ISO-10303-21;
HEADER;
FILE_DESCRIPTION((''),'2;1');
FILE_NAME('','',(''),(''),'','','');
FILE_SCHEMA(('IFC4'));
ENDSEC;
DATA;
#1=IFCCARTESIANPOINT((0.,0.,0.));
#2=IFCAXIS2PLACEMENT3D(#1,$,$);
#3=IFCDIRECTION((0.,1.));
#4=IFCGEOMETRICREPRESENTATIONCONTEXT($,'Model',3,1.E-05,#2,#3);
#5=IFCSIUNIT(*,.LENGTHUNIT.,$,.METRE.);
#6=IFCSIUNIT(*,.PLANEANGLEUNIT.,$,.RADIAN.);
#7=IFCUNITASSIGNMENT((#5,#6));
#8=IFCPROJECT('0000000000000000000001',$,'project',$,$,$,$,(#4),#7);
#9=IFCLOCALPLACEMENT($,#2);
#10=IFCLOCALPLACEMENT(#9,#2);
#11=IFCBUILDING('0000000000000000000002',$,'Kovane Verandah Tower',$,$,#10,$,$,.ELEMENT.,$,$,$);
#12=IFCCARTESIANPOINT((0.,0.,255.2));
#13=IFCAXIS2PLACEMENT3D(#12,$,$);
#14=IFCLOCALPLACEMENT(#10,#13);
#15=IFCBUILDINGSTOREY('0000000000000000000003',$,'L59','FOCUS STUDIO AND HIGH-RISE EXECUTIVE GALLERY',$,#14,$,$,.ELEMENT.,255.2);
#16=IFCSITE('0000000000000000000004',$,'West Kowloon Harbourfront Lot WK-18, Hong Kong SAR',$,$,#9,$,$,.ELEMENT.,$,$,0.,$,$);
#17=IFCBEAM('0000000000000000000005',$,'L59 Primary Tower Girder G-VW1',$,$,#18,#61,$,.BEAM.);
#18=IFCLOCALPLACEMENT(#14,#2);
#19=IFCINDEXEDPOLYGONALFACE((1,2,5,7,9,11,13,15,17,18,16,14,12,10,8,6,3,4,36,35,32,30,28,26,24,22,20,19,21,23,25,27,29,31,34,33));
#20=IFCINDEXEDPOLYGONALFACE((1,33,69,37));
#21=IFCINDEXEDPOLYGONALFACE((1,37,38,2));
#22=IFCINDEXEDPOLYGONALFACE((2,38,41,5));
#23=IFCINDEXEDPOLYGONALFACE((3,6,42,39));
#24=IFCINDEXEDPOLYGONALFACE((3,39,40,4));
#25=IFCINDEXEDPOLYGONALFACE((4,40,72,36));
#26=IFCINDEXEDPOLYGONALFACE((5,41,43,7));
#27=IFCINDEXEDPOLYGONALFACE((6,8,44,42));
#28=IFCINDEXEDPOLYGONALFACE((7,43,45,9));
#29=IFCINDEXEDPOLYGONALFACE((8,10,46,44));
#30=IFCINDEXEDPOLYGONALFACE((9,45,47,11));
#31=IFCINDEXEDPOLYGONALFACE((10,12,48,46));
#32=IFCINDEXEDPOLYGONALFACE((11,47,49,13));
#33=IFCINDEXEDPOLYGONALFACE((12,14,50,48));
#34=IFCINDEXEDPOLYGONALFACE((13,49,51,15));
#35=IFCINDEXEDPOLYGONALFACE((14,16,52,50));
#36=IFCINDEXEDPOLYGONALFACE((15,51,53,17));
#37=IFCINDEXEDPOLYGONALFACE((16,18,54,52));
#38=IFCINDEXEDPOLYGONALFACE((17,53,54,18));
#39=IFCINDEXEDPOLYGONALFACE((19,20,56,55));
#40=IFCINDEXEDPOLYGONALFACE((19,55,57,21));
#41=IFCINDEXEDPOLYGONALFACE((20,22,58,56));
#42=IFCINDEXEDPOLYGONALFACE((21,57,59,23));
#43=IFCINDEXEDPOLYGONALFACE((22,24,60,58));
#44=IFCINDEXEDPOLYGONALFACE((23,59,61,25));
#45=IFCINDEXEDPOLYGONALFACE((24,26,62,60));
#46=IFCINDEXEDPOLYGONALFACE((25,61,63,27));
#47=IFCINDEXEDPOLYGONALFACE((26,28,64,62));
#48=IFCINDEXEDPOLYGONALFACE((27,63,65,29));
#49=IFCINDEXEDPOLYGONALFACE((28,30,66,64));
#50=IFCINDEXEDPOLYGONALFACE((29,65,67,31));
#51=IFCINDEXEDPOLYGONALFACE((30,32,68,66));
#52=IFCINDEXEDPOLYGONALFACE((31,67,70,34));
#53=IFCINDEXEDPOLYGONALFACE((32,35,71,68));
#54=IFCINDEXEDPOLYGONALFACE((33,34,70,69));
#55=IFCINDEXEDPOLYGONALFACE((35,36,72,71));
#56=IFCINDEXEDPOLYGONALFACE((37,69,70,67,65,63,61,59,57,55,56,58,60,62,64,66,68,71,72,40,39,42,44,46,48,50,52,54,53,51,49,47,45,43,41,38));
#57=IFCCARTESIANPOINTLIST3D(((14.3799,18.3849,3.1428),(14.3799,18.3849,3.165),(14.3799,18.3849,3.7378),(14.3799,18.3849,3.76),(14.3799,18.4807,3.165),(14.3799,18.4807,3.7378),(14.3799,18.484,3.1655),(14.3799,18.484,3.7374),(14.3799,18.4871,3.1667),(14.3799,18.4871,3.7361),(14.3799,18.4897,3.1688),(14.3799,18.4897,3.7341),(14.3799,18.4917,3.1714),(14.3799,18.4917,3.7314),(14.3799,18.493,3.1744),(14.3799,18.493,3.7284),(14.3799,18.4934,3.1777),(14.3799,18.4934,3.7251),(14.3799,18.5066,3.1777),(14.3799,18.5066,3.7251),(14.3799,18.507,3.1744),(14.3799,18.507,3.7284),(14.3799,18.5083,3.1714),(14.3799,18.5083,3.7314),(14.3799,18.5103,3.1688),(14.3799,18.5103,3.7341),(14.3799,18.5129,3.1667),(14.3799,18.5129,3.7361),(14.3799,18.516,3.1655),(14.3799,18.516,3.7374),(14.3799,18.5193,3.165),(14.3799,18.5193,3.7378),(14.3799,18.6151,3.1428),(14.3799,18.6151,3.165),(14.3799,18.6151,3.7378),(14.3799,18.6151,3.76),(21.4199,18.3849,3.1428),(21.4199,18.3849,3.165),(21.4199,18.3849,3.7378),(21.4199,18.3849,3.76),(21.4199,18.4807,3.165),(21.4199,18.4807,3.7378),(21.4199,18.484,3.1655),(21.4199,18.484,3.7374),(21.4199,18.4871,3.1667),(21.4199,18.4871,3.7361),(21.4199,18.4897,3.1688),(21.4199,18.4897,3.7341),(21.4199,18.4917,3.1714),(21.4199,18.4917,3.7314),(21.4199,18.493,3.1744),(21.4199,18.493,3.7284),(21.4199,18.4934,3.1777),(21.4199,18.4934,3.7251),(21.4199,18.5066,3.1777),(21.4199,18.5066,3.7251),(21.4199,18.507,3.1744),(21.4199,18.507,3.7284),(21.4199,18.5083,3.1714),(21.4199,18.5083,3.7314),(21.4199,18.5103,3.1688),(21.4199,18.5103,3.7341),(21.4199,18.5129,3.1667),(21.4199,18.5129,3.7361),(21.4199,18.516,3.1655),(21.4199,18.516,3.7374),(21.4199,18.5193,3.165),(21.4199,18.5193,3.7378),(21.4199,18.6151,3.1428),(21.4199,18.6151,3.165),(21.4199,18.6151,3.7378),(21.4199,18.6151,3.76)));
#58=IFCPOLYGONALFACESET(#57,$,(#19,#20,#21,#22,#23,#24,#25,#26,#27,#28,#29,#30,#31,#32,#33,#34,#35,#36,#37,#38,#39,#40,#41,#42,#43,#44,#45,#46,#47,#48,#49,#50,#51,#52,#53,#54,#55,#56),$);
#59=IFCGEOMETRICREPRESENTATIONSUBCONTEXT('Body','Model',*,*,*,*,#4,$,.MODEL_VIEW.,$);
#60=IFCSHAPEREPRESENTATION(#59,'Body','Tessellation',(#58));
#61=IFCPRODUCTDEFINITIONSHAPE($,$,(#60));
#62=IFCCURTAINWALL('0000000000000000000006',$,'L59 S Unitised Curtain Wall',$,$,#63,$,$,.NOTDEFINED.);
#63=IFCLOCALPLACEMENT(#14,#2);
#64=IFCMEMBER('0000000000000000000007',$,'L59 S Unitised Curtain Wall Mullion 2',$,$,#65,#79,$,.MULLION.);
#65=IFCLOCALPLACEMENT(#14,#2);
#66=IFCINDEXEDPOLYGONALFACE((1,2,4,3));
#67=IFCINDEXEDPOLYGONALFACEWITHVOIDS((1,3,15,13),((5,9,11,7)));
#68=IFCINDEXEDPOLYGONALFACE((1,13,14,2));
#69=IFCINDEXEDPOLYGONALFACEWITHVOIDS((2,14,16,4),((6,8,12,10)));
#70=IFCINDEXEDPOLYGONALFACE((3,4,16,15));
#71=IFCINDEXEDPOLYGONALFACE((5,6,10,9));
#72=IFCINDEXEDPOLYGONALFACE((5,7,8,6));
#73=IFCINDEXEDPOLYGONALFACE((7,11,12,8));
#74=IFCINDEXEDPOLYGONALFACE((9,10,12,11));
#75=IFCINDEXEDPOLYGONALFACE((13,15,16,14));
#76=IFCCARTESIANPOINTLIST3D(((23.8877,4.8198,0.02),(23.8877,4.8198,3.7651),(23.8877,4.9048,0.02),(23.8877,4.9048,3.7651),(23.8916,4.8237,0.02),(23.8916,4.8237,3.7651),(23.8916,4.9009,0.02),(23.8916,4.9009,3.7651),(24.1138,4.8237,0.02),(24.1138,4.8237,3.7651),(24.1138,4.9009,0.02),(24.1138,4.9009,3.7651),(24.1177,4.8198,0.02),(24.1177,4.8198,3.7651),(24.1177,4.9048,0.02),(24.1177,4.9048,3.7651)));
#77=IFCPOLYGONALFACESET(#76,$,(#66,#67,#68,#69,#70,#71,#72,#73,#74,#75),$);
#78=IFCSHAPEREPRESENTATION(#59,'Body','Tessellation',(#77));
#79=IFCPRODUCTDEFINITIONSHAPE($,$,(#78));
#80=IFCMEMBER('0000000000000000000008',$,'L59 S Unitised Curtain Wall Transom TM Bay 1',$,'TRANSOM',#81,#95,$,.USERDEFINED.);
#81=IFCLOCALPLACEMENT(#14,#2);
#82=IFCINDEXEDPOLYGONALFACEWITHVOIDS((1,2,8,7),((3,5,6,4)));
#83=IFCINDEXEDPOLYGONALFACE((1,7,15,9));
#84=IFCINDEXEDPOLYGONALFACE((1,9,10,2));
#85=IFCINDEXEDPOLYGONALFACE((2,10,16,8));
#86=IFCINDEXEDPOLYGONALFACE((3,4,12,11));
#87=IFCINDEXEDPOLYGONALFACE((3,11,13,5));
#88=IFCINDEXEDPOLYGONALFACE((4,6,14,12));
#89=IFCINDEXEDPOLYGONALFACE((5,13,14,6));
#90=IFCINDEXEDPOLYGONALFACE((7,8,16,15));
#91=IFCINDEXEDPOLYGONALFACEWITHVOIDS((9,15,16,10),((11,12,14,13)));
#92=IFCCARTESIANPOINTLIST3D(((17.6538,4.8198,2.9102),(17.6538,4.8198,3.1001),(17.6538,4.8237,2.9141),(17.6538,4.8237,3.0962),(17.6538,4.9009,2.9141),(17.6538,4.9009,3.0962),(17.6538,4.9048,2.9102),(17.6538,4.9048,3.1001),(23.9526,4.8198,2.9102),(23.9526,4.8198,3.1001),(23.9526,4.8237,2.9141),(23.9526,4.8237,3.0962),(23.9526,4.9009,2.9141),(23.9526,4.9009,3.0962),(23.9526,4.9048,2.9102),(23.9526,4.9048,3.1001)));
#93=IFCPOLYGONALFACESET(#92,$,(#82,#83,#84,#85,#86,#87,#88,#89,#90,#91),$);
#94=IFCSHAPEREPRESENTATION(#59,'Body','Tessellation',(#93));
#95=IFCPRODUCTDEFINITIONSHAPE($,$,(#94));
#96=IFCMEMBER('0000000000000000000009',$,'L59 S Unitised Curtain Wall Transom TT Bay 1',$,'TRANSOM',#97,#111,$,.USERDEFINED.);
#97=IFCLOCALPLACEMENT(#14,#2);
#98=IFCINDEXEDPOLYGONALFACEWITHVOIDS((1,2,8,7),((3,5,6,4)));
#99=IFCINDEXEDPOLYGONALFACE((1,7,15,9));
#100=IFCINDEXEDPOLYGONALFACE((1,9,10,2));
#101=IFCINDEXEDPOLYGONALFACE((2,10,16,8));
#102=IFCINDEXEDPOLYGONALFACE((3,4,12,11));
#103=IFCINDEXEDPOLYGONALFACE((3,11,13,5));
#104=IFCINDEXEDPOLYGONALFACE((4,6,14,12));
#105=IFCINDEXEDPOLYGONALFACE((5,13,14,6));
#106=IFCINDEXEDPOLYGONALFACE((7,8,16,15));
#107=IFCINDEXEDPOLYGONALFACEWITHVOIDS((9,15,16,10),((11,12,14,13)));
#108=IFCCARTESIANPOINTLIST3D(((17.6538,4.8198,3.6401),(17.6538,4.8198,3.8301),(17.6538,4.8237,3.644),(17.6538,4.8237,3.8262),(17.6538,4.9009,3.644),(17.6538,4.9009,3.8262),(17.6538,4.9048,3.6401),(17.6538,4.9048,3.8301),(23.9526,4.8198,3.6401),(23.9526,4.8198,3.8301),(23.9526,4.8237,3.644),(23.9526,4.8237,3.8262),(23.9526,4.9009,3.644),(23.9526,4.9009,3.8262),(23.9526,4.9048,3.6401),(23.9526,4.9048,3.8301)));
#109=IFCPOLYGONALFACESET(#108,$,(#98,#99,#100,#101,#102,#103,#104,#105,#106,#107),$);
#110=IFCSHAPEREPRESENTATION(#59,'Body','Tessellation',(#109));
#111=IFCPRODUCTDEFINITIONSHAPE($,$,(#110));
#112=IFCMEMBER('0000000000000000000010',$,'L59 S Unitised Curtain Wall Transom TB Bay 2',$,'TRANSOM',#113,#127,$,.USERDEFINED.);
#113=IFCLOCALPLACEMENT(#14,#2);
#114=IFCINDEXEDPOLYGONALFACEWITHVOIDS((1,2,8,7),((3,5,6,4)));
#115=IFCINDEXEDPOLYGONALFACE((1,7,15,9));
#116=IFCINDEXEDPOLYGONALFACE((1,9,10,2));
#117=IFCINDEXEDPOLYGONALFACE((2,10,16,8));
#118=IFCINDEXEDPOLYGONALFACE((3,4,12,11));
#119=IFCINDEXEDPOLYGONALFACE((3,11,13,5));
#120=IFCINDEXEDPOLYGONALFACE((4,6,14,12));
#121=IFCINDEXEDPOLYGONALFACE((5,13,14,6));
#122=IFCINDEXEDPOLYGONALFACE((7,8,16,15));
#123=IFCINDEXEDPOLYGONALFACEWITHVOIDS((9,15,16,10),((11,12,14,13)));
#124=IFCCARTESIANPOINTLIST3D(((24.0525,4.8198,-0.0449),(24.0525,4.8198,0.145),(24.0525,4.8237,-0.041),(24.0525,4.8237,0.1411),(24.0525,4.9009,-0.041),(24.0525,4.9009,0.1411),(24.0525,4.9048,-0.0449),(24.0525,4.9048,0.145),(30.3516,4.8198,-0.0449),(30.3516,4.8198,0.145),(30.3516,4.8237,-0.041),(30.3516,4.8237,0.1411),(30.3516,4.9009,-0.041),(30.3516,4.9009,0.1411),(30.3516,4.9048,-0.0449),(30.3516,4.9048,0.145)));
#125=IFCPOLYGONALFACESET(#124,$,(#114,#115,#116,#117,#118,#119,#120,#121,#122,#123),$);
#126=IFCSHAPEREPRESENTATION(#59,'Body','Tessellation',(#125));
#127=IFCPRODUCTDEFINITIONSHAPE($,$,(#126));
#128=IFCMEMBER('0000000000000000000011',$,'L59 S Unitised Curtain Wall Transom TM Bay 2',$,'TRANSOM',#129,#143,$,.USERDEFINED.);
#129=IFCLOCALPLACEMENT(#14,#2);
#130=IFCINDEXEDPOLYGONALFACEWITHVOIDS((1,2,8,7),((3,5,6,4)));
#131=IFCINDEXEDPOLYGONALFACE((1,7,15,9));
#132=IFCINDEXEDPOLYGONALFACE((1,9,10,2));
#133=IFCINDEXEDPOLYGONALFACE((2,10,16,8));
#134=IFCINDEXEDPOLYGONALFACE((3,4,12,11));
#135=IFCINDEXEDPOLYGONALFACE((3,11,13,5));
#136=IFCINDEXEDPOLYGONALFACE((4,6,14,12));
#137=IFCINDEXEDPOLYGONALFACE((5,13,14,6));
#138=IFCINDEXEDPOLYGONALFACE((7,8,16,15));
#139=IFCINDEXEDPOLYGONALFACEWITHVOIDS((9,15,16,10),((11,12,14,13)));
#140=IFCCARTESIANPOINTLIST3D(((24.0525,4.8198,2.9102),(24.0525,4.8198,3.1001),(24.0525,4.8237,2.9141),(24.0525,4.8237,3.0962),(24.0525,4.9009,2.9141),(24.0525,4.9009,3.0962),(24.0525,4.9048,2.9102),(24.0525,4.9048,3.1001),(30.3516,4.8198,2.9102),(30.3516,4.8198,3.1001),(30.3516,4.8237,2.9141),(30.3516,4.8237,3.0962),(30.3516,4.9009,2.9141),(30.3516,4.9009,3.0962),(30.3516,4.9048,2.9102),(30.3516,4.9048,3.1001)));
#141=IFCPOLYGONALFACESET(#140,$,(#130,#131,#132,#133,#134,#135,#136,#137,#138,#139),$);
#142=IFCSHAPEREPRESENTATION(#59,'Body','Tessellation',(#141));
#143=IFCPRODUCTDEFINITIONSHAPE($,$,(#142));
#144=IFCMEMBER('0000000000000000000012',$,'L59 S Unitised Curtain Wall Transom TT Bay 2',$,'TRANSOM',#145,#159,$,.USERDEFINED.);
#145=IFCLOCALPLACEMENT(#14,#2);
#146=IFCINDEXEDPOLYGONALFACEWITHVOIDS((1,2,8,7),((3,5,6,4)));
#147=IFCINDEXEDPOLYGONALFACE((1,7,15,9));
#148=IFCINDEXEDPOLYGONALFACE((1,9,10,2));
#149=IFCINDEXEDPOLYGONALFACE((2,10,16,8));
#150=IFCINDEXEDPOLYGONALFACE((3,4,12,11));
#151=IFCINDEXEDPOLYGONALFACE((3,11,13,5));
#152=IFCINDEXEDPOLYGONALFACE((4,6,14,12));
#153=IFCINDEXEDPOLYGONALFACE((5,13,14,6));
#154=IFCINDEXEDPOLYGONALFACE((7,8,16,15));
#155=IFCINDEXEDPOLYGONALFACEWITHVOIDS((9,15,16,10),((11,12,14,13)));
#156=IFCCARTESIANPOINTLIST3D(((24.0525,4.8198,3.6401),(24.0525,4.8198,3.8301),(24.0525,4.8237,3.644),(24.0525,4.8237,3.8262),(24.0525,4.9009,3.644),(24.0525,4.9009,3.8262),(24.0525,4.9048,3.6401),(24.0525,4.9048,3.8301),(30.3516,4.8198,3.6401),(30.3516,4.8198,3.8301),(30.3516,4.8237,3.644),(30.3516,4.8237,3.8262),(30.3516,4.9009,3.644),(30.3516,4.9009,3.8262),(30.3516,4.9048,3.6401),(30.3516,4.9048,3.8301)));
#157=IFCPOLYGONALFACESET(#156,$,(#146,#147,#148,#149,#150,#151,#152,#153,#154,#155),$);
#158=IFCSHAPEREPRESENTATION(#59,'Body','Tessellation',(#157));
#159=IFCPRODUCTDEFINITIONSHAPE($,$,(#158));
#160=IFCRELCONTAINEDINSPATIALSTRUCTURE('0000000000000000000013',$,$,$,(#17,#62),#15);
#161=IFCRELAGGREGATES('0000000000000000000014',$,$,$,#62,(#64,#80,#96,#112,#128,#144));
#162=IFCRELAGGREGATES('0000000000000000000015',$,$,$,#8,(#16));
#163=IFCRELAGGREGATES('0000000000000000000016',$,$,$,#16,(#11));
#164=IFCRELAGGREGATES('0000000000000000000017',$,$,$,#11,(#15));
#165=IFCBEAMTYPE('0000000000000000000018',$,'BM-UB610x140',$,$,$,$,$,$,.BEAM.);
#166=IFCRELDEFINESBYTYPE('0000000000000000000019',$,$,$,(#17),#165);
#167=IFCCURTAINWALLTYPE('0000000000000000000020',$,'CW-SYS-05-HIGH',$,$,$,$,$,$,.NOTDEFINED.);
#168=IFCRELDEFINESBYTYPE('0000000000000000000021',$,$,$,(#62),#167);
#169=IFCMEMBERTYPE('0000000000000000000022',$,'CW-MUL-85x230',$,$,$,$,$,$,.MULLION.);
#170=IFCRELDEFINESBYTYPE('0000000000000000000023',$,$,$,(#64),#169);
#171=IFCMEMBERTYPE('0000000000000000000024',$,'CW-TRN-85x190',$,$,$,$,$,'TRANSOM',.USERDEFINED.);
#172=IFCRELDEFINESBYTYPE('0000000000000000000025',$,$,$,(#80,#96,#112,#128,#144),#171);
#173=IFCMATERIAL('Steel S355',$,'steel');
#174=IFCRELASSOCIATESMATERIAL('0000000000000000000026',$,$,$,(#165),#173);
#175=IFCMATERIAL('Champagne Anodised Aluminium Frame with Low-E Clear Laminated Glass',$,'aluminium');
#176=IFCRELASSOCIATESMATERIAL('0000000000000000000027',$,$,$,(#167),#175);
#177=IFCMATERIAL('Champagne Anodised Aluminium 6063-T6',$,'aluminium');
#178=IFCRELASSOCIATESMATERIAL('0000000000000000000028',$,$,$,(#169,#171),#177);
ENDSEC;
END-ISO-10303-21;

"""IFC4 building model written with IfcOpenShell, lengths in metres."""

from ifc_helpers import new_model, si_unit, direction, frame, origin, origin_2d, place, context, subcontext, project, spatial, hollow_rectangle, i_section, extrude, material, material_profile, profile_set, type_object, element, aggregate, save


model = new_model("IFC4")

# Units and contexts
model_context = context("Model", 3, precision=1e-05, world=origin(), true_north=direction((0.0, 1.0)))
body_context = subcontext(model_context, "Body", "Model", "MODEL_VIEW")
ifc_project = project(units=[si_unit("LENGTHUNIT", "METRE"), si_unit("PLANEANGLEUNIT", "RADIAN")], contexts=[model_context])

# Site, building, storey
site_placement = place(None, origin())
site = spatial("IfcSite", under=ifc_project, at=site_placement, Name="West Kowloon Harbourfront Lot WK-18, Hong Kong SAR", CompositionType="ELEMENT", RefElevation=0.0)
building_placement = place(site_placement, origin())
building = spatial("IfcBuilding", under=site, at=building_placement, Name="Kovane Verandah Tower", CompositionType="ELEMENT")
storey_placement = place(building_placement, frame((0.0, 0.0, 255.2)))
storey = spatial("IfcBuildingStorey", under=building, at=storey_placement, Name="L59", Description="FOCUS STUDIO AND HIGH-RISE EXECUTIVE GALLERY", CompositionType="ELEMENT", Elevation=255.2)

# Beam
ifc_material_1 = material(Name="Steel S355", Category="steel")
ifc_material_profile_1 = material_profile(ifc_material_1, i_section(OverallWidth=0.2302, OverallDepth=0.6172, WebThickness=0.0132, FlangeThickness=0.0222, FilletRadius=0.0127, at=origin_2d()), Name="UB610x229x140")
ifc_profile_set_1 = profile_set([ifc_material_profile_1], Name="Steel S355")
beam_type_1 = type_object("IfcBeamType", Name="BM-UB610x140", PredefinedType="BEAM", material=ifc_profile_set_1)
for number, where, z_axis, x_axis, name in (
    (1, (21.4199, 18.5, 3.4514), (-1.0, 0.0, 0.0), (0.0, -1.0, 0.0), "L59 Primary Tower Girder G-VW1"),
):
    element("IfcBeam", number, at=place(storey_placement, frame(where, z_axis=z_axis, x_axis=x_axis)), inside=storey, type_object=beam_type_1, Name=name, PredefinedType="BEAM", context=body_context, shape_type="SweptSolid", body=[
        extrude(i_section(OverallWidth=0.2302, OverallDepth=0.6172, WebThickness=0.0132, FlangeThickness=0.0222, FilletRadius=0.0127, at=origin_2d()), origin(), (0.0, 0.0, 1.0), 7.04),
    ])

# Curtain wall, members
ifc_material_2 = material(Name="Champagne Anodised Aluminium Frame with Low-E Clear Laminated Glass", Category="aluminium")
curtain_wall_type = type_object("IfcCurtainWallType", Name="CW-SYS-05-HIGH", PredefinedType="NOTDEFINED", material=ifc_material_2)
curtain_wall_placement = place(storey_placement, origin())
curtain_wall = element("IfcCurtainWall", 2, at=curtain_wall_placement, inside=storey, type_object=curtain_wall_type, Name="L59 S Unitised Curtain Wall", PredefinedType="NOTDEFINED")
ifc_material_3 = material(Name="Champagne Anodised Aluminium 6063-T6", Category="aluminium")
ifc_material_profile_2 = material_profile(ifc_material_3, hollow_rectangle(XDim=0.085, YDim=0.23, WallThickness=0.0039, at=origin_2d()), Name="AL85x230x4")
ifc_profile_set_2 = profile_set([ifc_material_profile_2], Name="Champagne Anodised Aluminium 6063-T6")
member_type_1 = type_object("IfcMemberType", Name="CW-MUL-85x230", PredefinedType="MULLION", material=ifc_profile_set_2)
member_1_placement = place(storey_placement, frame((24.0027, 4.8623, 0.02), z_axis=(0.0, 0.0, 1.0), x_axis=(0.0, -1.0, 0.0)))
member_1 = element("IfcMember", 3, at=member_1_placement, type_object=member_type_1, Name="L59 S Unitised Curtain Wall Mullion 2", PredefinedType="MULLION", context=body_context, shape_type="SweptSolid", body=[
    extrude(hollow_rectangle(XDim=0.085, YDim=0.23, WallThickness=0.0039, at=origin_2d()), origin(), (0.0, 0.0, 1.0), 3.7451),
])
ifc_material_profile_3 = material_profile(ifc_material_3, hollow_rectangle(XDim=0.085, YDim=0.1899, WallThickness=0.0039, at=origin_2d()), Name="AL85x190x4")
ifc_profile_set_3 = profile_set([ifc_material_profile_3], Name="Champagne Anodised Aluminium 6063-T6")
member_type_2 = type_object("IfcMemberType", Name="CW-TRN-85x190", ElementType="TRANSOM", PredefinedType="USERDEFINED", material=ifc_profile_set_3)
member_2_placement = place(storey_placement, frame((17.6538, 4.8623, 3.0051), z_axis=(1.0, 0.0, 0.0), x_axis=(0.0, 1.0, 0.0)))
member_2 = element("IfcMember", 4, at=member_2_placement, type_object=member_type_2, Name="L59 S Unitised Curtain Wall Transom TM Bay 1", ObjectType="TRANSOM", PredefinedType="USERDEFINED", context=body_context, shape_type="SweptSolid", body=[
    extrude(hollow_rectangle(XDim=0.085, YDim=0.1899, WallThickness=0.0039, at=origin_2d()), origin(), (0.0, 0.0, 1.0), 6.2988),
])
member_3_placement = place(storey_placement, frame((17.6538, 4.8623, 3.7351), z_axis=(1.0, 0.0, 0.0), x_axis=(0.0, 1.0, 0.0)))
member_3 = element("IfcMember", 5, at=member_3_placement, type_object=member_type_2, Name="L59 S Unitised Curtain Wall Transom TT Bay 1", ObjectType="TRANSOM", PredefinedType="USERDEFINED", context=body_context, shape_type="SweptSolid", body=[
    extrude(hollow_rectangle(XDim=0.085, YDim=0.1899, WallThickness=0.0039, at=origin_2d()), origin(), (0.0, 0.0, 1.0), 6.2988),
])
member_4_placement = place(storey_placement, frame((24.0525, 4.8623, 0.05), z_axis=(1.0, 0.0, 0.0), x_axis=(0.0, 1.0, 0.0)))
member_4 = element("IfcMember", 6, at=member_4_placement, type_object=member_type_2, Name="L59 S Unitised Curtain Wall Transom TB Bay 2", ObjectType="TRANSOM", PredefinedType="USERDEFINED", context=body_context, shape_type="SweptSolid", body=[
    extrude(hollow_rectangle(XDim=0.085, YDim=0.1899, WallThickness=0.0039, at=origin_2d()), origin(), (0.0, 0.0, 1.0), 6.2991),
])
member_5_placement = place(storey_placement, frame((24.0525, 4.8623, 3.0051), z_axis=(1.0, 0.0, 0.0), x_axis=(0.0, 1.0, 0.0)))
member_5 = element("IfcMember", 7, at=member_5_placement, type_object=member_type_2, Name="L59 S Unitised Curtain Wall Transom TM Bay 2", ObjectType="TRANSOM", PredefinedType="USERDEFINED", context=body_context, shape_type="SweptSolid", body=[
    extrude(hollow_rectangle(XDim=0.085, YDim=0.1899, WallThickness=0.0039, at=origin_2d()), origin(), (0.0, 0.0, 1.0), 6.2991),
])
member_6_placement = place(storey_placement, frame((24.0525, 4.8623, 3.7351), z_axis=(1.0, 0.0, 0.0), x_axis=(0.0, 1.0, 0.0)))
member_6 = element("IfcMember", 8, at=member_6_placement, type_object=member_type_2, Name="L59 S Unitised Curtain Wall Transom TT Bay 2", ObjectType="TRANSOM", PredefinedType="USERDEFINED", context=body_context, shape_type="SweptSolid", body=[
    extrude(hollow_rectangle(XDim=0.085, YDim=0.1899, WallThickness=0.0039, at=origin_2d()), origin(), (0.0, 0.0, 1.0), 6.2991),
])

aggregate(curtain_wall, [member_1, member_2, member_3, member_4, member_5, member_6])

save(model, "model.ifc")
